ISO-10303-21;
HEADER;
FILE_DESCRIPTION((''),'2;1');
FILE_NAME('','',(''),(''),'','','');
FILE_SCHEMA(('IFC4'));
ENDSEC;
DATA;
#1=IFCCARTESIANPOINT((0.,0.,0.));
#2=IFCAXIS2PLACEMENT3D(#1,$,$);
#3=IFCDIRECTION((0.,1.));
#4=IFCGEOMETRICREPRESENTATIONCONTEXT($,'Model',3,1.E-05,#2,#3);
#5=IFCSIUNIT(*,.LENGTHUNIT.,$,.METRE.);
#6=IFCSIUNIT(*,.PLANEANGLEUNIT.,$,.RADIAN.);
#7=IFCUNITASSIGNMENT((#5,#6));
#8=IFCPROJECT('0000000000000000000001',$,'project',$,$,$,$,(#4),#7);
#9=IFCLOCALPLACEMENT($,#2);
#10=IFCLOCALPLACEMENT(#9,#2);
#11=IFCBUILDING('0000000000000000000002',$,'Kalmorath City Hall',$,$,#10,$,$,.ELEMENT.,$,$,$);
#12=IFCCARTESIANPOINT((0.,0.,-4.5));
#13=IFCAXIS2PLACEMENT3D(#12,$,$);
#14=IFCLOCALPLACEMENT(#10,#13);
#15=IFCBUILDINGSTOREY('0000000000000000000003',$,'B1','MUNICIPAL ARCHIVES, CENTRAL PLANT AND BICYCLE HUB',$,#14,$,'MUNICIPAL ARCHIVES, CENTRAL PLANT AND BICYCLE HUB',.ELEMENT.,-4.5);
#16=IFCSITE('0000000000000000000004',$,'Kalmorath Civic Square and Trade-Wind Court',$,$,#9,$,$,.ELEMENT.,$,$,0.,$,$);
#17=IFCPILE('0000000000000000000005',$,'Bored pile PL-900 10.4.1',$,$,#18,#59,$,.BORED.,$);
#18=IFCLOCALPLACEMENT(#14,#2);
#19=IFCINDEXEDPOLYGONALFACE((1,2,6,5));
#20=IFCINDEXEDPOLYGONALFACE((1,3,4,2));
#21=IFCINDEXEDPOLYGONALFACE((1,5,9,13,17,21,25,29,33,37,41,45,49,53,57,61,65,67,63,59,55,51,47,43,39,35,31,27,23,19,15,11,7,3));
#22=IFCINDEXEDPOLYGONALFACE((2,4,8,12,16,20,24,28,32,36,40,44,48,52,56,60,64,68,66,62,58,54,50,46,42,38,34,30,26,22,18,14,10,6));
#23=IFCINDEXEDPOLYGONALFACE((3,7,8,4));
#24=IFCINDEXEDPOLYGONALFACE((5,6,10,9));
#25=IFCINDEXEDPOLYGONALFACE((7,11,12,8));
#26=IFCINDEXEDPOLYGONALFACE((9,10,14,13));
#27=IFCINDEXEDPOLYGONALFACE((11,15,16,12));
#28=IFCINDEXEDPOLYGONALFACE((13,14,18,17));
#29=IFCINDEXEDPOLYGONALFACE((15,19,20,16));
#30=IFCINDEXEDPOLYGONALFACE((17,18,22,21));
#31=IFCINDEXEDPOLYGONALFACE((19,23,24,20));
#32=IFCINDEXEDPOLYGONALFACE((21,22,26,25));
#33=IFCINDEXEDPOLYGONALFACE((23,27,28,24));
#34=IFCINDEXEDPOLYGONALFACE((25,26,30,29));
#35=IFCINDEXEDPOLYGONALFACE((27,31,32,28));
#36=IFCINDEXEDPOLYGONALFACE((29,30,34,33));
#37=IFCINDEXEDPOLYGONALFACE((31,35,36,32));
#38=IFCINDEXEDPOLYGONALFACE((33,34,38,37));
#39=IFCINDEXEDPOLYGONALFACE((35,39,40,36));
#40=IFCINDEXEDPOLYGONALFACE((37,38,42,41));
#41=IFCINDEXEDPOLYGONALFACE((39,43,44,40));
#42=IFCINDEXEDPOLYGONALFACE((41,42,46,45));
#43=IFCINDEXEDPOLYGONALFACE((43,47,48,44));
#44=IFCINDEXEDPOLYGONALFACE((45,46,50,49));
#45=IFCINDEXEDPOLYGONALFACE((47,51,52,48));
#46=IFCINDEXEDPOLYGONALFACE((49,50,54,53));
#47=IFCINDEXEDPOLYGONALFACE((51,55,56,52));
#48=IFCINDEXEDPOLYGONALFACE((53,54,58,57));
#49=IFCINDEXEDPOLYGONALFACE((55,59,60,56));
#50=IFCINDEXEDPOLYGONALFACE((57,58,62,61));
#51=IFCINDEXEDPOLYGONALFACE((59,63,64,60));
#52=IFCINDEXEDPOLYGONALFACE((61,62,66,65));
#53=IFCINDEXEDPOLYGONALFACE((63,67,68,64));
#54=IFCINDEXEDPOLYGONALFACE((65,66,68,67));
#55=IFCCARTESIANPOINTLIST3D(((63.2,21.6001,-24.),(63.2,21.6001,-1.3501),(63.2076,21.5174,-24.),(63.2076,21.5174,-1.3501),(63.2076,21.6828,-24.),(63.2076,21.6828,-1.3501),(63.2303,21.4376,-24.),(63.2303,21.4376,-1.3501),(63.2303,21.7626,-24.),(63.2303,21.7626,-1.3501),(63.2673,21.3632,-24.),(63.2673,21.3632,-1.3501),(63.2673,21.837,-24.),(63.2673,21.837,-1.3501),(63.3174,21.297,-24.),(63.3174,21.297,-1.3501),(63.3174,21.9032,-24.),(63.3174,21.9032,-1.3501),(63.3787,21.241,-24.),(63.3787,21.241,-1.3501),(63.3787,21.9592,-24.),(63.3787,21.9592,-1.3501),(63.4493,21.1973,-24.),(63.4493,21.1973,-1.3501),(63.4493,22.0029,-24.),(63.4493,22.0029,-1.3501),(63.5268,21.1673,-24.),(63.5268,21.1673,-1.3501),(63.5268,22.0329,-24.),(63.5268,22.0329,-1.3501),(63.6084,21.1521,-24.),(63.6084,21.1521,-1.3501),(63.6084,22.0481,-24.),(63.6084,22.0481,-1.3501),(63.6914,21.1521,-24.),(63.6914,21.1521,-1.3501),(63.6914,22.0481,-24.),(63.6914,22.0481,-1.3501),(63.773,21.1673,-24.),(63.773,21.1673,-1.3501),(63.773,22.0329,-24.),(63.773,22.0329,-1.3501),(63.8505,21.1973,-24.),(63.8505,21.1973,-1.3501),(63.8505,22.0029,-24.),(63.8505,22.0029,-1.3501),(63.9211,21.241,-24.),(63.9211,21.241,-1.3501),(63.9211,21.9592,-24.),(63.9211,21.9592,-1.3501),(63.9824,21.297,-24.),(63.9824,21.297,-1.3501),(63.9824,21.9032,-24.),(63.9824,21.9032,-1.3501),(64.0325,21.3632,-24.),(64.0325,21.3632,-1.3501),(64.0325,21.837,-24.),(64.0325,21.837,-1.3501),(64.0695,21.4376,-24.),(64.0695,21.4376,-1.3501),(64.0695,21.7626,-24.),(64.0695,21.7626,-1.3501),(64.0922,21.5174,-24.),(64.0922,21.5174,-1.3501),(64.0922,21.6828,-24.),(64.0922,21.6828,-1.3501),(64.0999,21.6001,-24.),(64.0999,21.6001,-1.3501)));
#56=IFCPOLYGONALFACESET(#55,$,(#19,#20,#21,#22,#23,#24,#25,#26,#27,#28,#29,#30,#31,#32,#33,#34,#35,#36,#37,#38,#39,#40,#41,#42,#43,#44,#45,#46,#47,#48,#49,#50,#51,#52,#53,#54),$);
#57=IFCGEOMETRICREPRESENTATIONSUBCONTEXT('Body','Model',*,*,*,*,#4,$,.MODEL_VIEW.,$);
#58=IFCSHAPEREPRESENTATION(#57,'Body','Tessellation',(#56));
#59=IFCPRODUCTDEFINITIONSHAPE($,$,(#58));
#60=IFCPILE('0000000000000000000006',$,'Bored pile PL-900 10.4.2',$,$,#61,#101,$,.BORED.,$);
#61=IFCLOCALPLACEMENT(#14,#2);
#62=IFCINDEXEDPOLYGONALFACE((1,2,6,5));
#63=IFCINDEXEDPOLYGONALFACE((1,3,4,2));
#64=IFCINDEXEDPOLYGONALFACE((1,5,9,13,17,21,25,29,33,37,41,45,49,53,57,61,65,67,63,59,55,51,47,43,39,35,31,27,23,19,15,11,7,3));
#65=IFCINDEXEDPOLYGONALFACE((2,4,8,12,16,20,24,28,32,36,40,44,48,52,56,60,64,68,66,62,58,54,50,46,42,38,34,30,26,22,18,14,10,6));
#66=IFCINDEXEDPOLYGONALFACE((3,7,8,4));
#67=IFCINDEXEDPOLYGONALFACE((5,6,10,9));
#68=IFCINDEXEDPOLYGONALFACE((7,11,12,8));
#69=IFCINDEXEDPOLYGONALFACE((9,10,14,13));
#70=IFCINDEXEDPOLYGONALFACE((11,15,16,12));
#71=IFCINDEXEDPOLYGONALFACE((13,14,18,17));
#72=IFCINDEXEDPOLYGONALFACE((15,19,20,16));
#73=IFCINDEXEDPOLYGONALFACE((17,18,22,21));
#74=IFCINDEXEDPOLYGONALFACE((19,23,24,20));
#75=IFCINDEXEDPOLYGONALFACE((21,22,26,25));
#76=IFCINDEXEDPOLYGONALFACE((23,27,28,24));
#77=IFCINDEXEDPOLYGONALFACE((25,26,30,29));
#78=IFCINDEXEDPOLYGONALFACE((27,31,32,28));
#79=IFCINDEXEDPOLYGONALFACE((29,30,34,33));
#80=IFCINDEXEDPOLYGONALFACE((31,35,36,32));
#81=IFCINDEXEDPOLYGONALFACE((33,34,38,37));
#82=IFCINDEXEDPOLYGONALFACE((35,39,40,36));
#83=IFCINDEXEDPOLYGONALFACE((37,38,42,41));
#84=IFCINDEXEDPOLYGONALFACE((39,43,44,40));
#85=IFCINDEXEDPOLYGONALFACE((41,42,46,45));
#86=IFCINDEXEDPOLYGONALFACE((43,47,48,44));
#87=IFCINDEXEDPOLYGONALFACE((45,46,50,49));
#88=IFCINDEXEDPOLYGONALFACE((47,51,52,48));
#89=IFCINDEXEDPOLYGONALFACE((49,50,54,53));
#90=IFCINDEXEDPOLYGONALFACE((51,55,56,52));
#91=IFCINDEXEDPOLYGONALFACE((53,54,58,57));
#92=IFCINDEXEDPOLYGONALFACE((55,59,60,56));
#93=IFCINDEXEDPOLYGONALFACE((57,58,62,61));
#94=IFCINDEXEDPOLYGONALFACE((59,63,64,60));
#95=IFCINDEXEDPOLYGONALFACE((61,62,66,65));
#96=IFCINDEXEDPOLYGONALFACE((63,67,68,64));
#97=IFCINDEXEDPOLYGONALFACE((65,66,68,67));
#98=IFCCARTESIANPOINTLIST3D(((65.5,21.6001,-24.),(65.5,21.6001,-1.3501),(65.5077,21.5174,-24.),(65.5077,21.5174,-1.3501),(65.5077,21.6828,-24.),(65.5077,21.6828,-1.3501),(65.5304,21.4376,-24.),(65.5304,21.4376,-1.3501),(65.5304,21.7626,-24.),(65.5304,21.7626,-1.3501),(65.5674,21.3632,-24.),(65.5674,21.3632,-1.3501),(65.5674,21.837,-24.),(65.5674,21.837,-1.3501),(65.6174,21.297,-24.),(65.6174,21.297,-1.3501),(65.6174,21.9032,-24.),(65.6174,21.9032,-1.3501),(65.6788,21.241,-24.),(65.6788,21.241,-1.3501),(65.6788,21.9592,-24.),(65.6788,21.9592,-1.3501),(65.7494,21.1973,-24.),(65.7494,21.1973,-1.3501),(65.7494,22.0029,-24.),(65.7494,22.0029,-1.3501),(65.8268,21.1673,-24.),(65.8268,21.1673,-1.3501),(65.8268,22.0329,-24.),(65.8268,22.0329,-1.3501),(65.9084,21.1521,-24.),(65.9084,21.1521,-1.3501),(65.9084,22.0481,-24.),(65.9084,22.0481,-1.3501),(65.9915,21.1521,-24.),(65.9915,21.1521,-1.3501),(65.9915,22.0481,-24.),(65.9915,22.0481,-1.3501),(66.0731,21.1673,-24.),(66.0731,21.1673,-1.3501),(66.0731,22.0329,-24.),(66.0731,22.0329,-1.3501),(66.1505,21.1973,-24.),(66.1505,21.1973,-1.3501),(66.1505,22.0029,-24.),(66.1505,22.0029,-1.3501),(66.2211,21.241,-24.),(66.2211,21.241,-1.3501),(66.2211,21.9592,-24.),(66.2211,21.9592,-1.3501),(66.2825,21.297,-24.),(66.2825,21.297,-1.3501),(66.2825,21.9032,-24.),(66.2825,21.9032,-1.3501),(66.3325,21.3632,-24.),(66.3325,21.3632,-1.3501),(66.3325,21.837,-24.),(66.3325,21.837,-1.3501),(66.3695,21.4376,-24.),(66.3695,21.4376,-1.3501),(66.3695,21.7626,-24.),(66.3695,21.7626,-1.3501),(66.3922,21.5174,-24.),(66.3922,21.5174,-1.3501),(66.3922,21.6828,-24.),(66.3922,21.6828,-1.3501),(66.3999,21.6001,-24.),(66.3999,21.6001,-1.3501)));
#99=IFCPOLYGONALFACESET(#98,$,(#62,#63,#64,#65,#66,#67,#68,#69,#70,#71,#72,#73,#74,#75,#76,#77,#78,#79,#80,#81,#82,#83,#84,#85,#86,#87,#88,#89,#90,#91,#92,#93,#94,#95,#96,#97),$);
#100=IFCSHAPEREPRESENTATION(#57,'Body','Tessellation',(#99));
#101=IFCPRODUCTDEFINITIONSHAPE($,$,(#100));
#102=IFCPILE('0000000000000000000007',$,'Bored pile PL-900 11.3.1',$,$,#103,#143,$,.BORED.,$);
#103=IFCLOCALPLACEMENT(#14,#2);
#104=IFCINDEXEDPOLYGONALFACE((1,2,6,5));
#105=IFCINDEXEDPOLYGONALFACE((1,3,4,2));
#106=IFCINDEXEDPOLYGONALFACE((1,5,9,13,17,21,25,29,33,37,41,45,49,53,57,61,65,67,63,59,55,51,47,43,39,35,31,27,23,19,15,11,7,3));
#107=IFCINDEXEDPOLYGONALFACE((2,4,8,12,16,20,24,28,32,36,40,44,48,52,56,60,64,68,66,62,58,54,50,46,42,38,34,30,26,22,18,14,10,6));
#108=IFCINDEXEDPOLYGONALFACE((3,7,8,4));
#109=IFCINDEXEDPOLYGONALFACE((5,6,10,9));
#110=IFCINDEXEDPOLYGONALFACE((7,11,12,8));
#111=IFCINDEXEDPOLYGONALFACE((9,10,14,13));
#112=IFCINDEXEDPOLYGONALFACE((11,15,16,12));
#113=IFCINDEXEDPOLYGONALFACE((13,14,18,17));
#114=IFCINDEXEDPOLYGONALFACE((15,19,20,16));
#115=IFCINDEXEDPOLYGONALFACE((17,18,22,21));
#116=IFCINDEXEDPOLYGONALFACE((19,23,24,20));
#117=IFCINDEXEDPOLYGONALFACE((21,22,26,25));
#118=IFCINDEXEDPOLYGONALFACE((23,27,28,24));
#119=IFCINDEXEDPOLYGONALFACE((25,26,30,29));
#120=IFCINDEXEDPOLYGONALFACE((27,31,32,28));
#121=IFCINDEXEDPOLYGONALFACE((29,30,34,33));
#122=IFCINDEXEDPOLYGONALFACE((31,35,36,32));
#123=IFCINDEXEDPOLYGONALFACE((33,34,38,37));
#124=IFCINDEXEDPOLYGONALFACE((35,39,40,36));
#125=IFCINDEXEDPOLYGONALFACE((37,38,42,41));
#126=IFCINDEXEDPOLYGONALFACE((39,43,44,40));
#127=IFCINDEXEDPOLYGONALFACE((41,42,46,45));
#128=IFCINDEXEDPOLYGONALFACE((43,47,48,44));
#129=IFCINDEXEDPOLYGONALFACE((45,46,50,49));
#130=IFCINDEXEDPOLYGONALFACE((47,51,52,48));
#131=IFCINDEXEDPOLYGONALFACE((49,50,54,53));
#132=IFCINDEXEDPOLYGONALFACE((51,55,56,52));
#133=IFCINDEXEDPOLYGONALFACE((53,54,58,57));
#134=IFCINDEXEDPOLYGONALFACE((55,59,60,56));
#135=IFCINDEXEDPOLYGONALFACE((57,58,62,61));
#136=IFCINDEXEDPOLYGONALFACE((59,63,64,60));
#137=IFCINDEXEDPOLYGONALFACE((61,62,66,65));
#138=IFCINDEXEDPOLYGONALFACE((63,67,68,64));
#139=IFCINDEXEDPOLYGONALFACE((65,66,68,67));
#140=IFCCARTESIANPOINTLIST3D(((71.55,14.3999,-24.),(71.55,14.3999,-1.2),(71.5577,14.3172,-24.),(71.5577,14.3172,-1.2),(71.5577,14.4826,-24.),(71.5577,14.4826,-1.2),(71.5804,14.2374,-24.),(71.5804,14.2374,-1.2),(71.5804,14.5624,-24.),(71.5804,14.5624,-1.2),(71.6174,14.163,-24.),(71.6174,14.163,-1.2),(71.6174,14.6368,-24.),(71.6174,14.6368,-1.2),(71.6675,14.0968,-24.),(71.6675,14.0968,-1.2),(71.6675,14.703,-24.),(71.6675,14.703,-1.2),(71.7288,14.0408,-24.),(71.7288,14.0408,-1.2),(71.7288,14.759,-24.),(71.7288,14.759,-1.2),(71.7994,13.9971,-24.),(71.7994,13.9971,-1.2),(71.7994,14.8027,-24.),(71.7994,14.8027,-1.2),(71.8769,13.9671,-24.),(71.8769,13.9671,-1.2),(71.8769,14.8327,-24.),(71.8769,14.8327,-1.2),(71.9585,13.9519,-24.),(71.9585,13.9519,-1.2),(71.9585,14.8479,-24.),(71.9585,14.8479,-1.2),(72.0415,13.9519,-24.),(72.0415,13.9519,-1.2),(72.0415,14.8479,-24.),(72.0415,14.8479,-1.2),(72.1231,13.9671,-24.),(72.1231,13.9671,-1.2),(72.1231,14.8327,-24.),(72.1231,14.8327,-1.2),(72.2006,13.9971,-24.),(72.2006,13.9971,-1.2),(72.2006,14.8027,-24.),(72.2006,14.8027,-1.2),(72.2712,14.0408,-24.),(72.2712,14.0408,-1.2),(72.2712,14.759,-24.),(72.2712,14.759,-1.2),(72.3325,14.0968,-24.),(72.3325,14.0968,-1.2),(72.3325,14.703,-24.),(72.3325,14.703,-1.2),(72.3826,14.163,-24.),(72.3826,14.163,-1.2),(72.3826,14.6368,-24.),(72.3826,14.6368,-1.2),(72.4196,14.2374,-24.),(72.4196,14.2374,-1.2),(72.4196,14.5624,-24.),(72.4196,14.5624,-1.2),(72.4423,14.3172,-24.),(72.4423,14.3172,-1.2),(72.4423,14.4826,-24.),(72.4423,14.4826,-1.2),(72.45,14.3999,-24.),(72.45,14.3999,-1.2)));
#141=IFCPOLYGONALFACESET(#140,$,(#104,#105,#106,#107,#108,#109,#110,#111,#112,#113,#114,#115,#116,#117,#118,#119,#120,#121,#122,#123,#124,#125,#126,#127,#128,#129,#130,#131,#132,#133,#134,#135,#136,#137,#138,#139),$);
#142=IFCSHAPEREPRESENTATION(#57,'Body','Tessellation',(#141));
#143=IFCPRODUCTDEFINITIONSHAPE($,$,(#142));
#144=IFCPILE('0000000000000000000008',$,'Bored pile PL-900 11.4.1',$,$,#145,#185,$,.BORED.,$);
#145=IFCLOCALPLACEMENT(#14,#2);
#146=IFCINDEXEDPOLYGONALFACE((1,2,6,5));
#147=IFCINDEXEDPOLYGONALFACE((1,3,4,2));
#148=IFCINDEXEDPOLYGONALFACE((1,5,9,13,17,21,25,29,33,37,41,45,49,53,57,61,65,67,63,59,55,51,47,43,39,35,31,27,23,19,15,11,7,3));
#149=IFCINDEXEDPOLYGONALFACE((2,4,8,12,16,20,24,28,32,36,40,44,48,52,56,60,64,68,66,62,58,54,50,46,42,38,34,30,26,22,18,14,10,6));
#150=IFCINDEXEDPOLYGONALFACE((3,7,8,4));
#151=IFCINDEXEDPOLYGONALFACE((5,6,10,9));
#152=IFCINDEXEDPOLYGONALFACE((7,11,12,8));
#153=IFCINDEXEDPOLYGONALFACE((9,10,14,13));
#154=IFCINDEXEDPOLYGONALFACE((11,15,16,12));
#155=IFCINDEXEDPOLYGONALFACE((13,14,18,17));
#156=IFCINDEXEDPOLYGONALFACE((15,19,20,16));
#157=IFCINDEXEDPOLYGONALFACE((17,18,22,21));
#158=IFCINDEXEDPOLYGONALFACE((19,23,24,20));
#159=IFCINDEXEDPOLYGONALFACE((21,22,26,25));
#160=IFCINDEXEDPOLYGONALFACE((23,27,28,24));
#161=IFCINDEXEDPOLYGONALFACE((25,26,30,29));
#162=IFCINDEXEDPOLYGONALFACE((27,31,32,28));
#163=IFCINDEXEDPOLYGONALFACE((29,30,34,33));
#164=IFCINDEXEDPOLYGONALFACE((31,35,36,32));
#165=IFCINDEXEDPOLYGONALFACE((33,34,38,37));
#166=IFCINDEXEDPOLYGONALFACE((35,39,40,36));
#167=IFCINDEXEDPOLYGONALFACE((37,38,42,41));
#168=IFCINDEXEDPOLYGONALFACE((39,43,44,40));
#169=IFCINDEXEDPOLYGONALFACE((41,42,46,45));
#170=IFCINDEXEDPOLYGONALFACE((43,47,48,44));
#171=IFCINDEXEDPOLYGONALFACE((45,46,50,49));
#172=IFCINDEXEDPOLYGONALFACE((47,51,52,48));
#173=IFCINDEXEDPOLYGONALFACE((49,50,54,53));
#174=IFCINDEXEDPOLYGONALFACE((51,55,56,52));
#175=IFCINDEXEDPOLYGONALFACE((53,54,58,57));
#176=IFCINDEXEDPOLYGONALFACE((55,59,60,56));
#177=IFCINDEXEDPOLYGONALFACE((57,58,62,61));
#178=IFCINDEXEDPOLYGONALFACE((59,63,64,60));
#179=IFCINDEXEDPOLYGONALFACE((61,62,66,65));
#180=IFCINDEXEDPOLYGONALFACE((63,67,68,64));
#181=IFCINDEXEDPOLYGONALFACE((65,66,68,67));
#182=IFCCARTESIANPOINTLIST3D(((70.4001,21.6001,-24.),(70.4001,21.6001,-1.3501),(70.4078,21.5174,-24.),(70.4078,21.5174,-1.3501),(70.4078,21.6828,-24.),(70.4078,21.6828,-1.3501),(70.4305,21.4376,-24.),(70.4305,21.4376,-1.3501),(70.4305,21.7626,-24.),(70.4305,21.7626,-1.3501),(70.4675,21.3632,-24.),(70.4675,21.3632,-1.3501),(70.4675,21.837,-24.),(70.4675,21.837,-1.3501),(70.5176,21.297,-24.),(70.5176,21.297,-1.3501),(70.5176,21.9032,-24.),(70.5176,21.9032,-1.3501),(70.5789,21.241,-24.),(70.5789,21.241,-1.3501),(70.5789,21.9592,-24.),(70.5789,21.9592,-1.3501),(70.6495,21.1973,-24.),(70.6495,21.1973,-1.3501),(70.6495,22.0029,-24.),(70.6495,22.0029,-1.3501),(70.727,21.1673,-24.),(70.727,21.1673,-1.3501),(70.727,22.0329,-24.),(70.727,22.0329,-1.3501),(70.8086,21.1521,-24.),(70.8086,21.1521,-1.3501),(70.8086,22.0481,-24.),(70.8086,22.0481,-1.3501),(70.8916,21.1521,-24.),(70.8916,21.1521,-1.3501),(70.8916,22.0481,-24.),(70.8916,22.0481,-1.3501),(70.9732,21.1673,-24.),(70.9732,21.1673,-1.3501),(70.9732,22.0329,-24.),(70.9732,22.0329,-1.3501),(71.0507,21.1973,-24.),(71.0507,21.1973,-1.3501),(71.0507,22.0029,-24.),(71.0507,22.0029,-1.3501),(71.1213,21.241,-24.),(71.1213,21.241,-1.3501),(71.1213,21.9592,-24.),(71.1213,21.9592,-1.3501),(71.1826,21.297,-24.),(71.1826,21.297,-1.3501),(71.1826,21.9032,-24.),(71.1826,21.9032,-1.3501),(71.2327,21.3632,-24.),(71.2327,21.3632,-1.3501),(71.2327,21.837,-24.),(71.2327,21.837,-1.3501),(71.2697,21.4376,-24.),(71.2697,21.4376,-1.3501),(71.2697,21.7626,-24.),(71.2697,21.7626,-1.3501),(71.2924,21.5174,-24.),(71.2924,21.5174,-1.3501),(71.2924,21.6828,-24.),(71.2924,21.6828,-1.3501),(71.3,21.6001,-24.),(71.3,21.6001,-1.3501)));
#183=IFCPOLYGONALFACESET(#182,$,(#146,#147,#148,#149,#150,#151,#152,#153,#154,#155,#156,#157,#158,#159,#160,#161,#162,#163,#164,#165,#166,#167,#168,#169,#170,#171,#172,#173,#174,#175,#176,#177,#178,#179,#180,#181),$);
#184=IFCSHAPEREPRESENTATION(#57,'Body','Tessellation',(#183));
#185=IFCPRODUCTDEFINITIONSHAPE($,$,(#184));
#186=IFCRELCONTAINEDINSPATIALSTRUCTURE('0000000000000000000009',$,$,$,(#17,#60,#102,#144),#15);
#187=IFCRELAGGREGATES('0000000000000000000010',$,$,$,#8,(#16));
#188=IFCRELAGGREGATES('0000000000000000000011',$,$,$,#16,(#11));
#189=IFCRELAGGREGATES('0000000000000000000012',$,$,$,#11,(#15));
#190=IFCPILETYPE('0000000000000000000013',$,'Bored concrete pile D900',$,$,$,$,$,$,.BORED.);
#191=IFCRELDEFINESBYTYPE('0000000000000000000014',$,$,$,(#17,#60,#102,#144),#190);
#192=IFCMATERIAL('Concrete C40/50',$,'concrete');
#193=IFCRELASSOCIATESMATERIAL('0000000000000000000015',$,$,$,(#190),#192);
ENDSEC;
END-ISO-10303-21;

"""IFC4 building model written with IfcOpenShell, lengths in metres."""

from ifc_helpers import new_model, si_unit, direction, frame, origin, origin_2d, place, context, subcontext, project, spatial, circle, extrude, material, material_profile, profile_set, type_object, element, save


model = new_model("IFC4")

# Units and contexts
model_context = context("Model", 3, precision=1e-05, world=origin(), true_north=direction((0.0, 1.0)))
body_context = subcontext(model_context, "Body", "Model", "MODEL_VIEW")
ifc_project = project(units=[si_unit("LENGTHUNIT", "METRE"), si_unit("PLANEANGLEUNIT", "RADIAN")], contexts=[model_context])

# Site, building, storey
site_placement = place(None, origin())
site = spatial("IfcSite", under=ifc_project, at=site_placement, Name="Kalmorath Civic Square and Trade-Wind Court", CompositionType="ELEMENT", RefElevation=0.0)
building_placement = place(site_placement, origin())
building = spatial("IfcBuilding", under=site, at=building_placement, Name="Kalmorath City Hall", CompositionType="ELEMENT")
storey_placement = place(building_placement, frame((0.0, 0.0, -4.5)))
storey = spatial("IfcBuildingStorey", under=building, at=storey_placement, Name="B1", Description="MUNICIPAL ARCHIVES, CENTRAL PLANT AND BICYCLE HUB", LongName="MUNICIPAL ARCHIVES, CENTRAL PLANT AND BICYCLE HUB", CompositionType="ELEMENT", Elevation=-4.5)

# Piles
ifc_material_1 = material(Name="Concrete C40/50", Category="concrete")
ifc_material_profile_1 = material_profile(ifc_material_1, circle(Radius=0.45, at=origin_2d()), Name="PILE-D900")
ifc_profile_set_1 = profile_set([ifc_material_profile_1], Name="Concrete C40/50")
pile_type = type_object("IfcPileType", Name="Bored concrete pile D900", PredefinedType="BORED", material=ifc_profile_set_1)
for number, where, z_axis, x_axis, name in (
    (1, (63.6499, 21.6001, -1.3501), (0.0, 0.0, -1.0), (1.0, 0.0, 0.0), "Bored pile PL-900 10.4.1"),
    (2, (65.95, 21.6001, -1.3501), (0.0, 0.0, -1.0), (1.0, 0.0, 0.0), "Bored pile PL-900 10.4.2"),
):
    element("IfcPile", number, at=place(storey_placement, frame(where, z_axis=z_axis, x_axis=x_axis)), inside=storey, type_object=pile_type, Name=name, PredefinedType="BORED", context=body_context, shape_type="SweptSolid", body=[
        extrude(circle(Radius=0.45, at=origin_2d()), origin(), (0.0, 0.0, 1.0), 22.6499),
    ])
pile_1_placement = place(storey_placement, frame((72.0, 14.3999, -1.2), z_axis=(0.0, 0.0, -1.0), x_axis=(1.0, 0.0, 0.0)))
element("IfcPile", 3, at=pile_1_placement, inside=storey, type_object=pile_type, Name="Bored pile PL-900 11.3.1", PredefinedType="BORED", context=body_context, shape_type="SweptSolid", body=[
    extrude(circle(Radius=0.45, at=origin_2d()), origin(), (0.0, 0.0, 1.0), 22.8),
])
pile_2_placement = place(storey_placement, frame((70.8501, 21.6001, -1.3501), z_axis=(0.0, 0.0, -1.0), x_axis=(1.0, 0.0, 0.0)))
element("IfcPile", 4, at=pile_2_placement, inside=storey, type_object=pile_type, Name="Bored pile PL-900 11.4.1", PredefinedType="BORED", context=body_context, shape_type="SweptSolid", body=[
    extrude(circle(Radius=0.45, at=origin_2d()), origin(), (0.0, 0.0, 1.0), 22.6499),
])

save(model, "model.ifc")
